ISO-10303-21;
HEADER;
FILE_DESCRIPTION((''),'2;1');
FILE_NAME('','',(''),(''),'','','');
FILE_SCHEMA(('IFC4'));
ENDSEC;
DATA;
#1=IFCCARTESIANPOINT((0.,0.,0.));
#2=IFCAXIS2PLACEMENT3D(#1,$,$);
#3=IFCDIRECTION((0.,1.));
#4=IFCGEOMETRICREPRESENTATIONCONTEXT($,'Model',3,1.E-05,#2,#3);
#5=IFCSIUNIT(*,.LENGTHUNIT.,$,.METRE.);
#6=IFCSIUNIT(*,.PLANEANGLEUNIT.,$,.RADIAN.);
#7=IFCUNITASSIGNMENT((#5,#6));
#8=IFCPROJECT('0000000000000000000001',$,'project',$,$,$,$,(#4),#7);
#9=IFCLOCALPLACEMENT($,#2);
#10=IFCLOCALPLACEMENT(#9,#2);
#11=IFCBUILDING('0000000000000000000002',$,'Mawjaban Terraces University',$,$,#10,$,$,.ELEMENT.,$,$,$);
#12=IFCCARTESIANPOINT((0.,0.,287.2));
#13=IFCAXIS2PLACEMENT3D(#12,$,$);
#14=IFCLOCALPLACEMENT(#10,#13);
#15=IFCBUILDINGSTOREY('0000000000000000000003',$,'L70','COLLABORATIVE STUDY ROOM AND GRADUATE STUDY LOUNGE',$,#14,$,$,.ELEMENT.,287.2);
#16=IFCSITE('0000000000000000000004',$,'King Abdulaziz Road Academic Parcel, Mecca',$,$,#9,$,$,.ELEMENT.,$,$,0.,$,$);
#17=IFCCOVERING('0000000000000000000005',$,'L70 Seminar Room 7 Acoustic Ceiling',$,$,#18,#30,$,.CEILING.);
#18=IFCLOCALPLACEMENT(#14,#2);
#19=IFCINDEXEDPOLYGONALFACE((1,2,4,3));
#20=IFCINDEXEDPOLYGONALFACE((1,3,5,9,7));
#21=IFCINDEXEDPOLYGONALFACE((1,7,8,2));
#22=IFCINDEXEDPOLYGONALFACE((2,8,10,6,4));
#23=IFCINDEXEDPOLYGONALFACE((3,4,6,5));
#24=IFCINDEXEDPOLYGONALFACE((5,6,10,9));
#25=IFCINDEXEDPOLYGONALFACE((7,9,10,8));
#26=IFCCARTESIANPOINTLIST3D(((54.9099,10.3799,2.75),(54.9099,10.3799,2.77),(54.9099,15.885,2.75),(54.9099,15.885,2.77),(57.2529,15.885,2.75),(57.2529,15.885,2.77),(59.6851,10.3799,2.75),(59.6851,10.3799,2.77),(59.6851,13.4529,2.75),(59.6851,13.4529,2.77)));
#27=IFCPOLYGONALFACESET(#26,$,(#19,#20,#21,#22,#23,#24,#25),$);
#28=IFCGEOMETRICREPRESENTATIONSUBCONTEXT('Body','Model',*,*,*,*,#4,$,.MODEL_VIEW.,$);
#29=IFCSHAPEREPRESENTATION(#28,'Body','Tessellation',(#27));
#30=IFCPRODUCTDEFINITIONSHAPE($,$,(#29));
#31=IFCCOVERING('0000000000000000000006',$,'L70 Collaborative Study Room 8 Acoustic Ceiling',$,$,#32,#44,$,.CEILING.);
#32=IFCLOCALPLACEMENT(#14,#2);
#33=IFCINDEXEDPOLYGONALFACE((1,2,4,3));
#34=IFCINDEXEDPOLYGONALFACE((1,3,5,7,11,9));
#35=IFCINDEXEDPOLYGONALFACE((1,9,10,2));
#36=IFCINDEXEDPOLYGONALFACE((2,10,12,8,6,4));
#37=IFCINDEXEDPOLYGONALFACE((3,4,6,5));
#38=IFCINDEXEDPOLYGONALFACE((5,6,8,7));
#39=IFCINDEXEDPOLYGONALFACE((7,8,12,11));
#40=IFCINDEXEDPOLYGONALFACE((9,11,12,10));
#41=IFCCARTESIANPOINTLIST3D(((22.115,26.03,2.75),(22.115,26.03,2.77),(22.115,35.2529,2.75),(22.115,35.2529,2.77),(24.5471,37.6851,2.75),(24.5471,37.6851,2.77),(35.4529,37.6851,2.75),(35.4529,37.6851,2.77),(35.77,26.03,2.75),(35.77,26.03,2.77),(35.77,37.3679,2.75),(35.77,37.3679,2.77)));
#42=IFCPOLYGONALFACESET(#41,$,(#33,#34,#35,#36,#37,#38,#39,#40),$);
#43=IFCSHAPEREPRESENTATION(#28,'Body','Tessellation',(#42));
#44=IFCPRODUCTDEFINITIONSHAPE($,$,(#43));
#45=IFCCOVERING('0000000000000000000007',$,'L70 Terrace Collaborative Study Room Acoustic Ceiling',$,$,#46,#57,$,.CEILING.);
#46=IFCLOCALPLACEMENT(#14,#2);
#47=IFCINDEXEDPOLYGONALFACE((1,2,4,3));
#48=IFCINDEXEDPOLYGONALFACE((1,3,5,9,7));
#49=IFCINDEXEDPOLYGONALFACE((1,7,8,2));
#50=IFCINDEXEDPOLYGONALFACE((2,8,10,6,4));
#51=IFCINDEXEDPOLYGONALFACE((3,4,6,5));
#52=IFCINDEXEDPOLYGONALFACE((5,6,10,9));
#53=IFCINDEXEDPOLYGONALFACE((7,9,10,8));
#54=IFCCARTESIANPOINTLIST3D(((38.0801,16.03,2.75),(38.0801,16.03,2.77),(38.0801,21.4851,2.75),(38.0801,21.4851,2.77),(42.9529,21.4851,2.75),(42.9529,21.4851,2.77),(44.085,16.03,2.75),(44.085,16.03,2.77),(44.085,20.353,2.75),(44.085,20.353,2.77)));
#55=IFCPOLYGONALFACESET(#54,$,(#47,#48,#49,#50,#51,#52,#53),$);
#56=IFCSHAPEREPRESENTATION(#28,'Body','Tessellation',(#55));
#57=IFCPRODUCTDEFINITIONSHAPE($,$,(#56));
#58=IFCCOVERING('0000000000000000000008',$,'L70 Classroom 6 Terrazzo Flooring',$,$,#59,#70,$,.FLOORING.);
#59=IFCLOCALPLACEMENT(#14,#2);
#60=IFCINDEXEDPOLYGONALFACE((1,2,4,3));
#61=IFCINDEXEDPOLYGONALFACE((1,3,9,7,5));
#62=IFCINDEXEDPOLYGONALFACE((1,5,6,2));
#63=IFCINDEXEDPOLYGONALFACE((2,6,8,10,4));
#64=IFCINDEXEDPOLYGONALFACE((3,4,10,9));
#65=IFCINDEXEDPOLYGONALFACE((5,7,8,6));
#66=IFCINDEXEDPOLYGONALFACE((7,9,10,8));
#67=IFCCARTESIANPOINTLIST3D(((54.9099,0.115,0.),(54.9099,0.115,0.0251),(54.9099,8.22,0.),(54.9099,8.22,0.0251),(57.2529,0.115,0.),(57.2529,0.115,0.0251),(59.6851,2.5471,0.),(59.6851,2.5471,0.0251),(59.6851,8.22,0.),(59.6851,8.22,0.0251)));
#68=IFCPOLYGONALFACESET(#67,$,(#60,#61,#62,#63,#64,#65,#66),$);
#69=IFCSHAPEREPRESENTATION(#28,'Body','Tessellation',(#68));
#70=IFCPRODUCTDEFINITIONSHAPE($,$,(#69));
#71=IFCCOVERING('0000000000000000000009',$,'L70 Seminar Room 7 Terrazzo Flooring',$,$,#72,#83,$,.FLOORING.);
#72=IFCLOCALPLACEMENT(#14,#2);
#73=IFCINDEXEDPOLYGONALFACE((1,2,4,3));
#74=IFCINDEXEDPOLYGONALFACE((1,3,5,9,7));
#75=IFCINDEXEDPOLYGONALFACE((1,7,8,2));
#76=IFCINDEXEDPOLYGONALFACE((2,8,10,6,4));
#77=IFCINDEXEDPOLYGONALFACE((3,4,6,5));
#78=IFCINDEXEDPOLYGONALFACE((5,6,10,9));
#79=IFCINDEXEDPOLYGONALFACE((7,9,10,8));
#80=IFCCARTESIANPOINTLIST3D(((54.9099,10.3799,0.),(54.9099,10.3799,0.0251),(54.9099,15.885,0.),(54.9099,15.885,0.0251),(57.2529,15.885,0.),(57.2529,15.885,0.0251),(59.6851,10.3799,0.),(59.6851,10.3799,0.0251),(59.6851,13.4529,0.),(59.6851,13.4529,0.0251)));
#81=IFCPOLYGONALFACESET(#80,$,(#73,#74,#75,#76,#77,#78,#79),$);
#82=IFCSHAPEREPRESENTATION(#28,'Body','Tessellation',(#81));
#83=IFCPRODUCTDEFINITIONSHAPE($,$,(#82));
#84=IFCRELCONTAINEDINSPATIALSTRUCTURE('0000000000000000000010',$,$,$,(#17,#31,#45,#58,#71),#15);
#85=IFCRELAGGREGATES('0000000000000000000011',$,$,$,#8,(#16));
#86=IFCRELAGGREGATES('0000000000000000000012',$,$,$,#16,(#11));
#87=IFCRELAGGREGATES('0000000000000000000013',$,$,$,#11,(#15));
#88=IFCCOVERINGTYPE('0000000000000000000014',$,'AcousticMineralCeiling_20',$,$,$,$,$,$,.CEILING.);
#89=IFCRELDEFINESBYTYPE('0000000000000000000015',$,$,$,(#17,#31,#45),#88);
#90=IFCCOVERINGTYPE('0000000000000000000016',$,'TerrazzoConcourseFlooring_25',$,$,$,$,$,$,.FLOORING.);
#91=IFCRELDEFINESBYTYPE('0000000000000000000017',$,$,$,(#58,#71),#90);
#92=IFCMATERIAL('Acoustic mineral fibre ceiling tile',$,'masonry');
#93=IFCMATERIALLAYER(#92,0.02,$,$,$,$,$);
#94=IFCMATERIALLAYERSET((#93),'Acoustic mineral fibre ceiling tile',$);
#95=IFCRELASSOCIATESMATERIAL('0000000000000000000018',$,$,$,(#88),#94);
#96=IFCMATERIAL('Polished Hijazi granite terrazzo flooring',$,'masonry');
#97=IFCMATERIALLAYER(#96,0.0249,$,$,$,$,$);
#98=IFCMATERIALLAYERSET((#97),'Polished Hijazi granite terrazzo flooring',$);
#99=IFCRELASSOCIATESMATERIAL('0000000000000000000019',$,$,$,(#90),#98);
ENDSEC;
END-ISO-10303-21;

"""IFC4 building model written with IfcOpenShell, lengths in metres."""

from ifc_helpers import new_model, si_unit, direction, frame, origin, place, context, subcontext, project, spatial, polyline, outline, extrude, material, layer, layer_set, type_object, element, save


model = new_model("IFC4")

# Units and contexts
model_context = context("Model", 3, precision=1e-05, world=origin(), true_north=direction((0.0, 1.0)))
body_context = subcontext(model_context, "Body", "Model", "MODEL_VIEW")
ifc_project = project(units=[si_unit("LENGTHUNIT", "METRE"), si_unit("PLANEANGLEUNIT", "RADIAN")], contexts=[model_context])

# Site, building, storey
site_placement = place(None, origin())
site = spatial("IfcSite", under=ifc_project, at=site_placement, Name="King Abdulaziz Road Academic Parcel, Mecca", CompositionType="ELEMENT", RefElevation=0.0)
building_placement = place(site_placement, origin())
building = spatial("IfcBuilding", under=site, at=building_placement, Name="Mawjaban Terraces University", CompositionType="ELEMENT")
storey_placement = place(building_placement, frame((0.0, 0.0, 287.2)))
storey = spatial("IfcBuildingStorey", under=building, at=storey_placement, Name="L70", Description="COLLABORATIVE STUDY ROOM AND GRADUATE STUDY LOUNGE", CompositionType="ELEMENT", Elevation=287.2)

# Coverings
ifc_material_1 = material(Name="Acoustic mineral fibre ceiling tile", Category="masonry")
ifc_layer_1 = layer(ifc_material_1, 0.02)
ifc_layer_set_1 = layer_set([ifc_layer_1], Name="Acoustic mineral fibre ceiling tile")
covering_type_1 = type_object("IfcCoveringType", Name="AcousticMineralCeiling_20", PredefinedType="CEILING", material=ifc_layer_set_1)
covering_1_placement = place(storey_placement, frame((0.0, 0.0, 2.75)))
element("IfcCovering", 1, at=covering_1_placement, inside=storey, type_object=covering_type_1, Name="L70 Seminar Room 7 Acoustic Ceiling", PredefinedType="CEILING", context=body_context, shape_type="SweptSolid", body=[
    extrude(outline(polyline([(59.6851, 10.3799), (59.6851, 13.4529), (57.2529, 15.885), (54.9099, 15.885), (54.9099, 10.3799), (59.6851, 10.3799)])), origin(), (0.0, 0.0, 1.0), 0.02),
])
covering_2_placement = place(storey_placement, frame((0.0, 0.0, 2.75)))
element("IfcCovering", 2, at=covering_2_placement, inside=storey, type_object=covering_type_1, Name="L70 Collaborative Study Room 8 Acoustic Ceiling", PredefinedType="CEILING", context=body_context, shape_type="SweptSolid", body=[
    extrude(outline(polyline([(35.77, 37.3679), (35.4529, 37.6851), (24.5471, 37.6851), (22.115, 35.2529), (22.115, 26.03), (35.77, 26.03), (35.77, 37.3679)])), origin(), (0.0, 0.0, 1.0), 0.02),
])
covering_3_placement = place(storey_placement, frame((0.0, 0.0, 2.75)))
element("IfcCovering", 3, at=covering_3_placement, inside=storey, type_object=covering_type_1, Name="L70 Terrace Collaborative Study Room Acoustic Ceiling", PredefinedType="CEILING", context=body_context, shape_type="SweptSolid", body=[
    extrude(outline(polyline([(44.085, 16.03), (44.085, 20.353), (42.9529, 21.4851), (38.0801, 21.4851), (38.0801, 16.03), (44.085, 16.03)])), origin(), (0.0, 0.0, 1.0), 0.02),
])
ifc_material_2 = material(Name="Polished Hijazi granite terrazzo flooring", Category="masonry")
ifc_layer_2 = layer(ifc_material_2, 0.0249)
ifc_layer_set_2 = layer_set([ifc_layer_2], Name="Polished Hijazi granite terrazzo flooring")
covering_type_2 = type_object("IfcCoveringType", Name="TerrazzoConcourseFlooring_25", PredefinedType="FLOORING", material=ifc_layer_set_2)
covering_4_placement = place(storey_placement, origin())
element("IfcCovering", 4, at=covering_4_placement, inside=storey, type_object=covering_type_2, Name="L70 Classroom 6 Terrazzo Flooring", PredefinedType="FLOORING", context=body_context, shape_type="SweptSolid", body=[
    extrude(outline(polyline([(54.9099, 0.115), (57.2529, 0.115), (59.6851, 2.5471), (59.6851, 8.22), (54.9099, 8.22), (54.9099, 0.115)])), origin(), (0.0, 0.0, 1.0), 0.0251),
])
covering_5_placement = place(storey_placement, origin())
element("IfcCovering", 5, at=covering_5_placement, inside=storey, type_object=covering_type_2, Name="L70 Seminar Room 7 Terrazzo Flooring", PredefinedType="FLOORING", context=body_context, shape_type="SweptSolid", body=[
    extrude(outline(polyline([(59.6851, 10.3799), (59.6851, 13.4529), (57.2529, 15.885), (54.9099, 15.885), (54.9099, 10.3799), (59.6851, 10.3799)])), origin(), (0.0, 0.0, 1.0), 0.0251),
])

save(model, "model.ifc")
